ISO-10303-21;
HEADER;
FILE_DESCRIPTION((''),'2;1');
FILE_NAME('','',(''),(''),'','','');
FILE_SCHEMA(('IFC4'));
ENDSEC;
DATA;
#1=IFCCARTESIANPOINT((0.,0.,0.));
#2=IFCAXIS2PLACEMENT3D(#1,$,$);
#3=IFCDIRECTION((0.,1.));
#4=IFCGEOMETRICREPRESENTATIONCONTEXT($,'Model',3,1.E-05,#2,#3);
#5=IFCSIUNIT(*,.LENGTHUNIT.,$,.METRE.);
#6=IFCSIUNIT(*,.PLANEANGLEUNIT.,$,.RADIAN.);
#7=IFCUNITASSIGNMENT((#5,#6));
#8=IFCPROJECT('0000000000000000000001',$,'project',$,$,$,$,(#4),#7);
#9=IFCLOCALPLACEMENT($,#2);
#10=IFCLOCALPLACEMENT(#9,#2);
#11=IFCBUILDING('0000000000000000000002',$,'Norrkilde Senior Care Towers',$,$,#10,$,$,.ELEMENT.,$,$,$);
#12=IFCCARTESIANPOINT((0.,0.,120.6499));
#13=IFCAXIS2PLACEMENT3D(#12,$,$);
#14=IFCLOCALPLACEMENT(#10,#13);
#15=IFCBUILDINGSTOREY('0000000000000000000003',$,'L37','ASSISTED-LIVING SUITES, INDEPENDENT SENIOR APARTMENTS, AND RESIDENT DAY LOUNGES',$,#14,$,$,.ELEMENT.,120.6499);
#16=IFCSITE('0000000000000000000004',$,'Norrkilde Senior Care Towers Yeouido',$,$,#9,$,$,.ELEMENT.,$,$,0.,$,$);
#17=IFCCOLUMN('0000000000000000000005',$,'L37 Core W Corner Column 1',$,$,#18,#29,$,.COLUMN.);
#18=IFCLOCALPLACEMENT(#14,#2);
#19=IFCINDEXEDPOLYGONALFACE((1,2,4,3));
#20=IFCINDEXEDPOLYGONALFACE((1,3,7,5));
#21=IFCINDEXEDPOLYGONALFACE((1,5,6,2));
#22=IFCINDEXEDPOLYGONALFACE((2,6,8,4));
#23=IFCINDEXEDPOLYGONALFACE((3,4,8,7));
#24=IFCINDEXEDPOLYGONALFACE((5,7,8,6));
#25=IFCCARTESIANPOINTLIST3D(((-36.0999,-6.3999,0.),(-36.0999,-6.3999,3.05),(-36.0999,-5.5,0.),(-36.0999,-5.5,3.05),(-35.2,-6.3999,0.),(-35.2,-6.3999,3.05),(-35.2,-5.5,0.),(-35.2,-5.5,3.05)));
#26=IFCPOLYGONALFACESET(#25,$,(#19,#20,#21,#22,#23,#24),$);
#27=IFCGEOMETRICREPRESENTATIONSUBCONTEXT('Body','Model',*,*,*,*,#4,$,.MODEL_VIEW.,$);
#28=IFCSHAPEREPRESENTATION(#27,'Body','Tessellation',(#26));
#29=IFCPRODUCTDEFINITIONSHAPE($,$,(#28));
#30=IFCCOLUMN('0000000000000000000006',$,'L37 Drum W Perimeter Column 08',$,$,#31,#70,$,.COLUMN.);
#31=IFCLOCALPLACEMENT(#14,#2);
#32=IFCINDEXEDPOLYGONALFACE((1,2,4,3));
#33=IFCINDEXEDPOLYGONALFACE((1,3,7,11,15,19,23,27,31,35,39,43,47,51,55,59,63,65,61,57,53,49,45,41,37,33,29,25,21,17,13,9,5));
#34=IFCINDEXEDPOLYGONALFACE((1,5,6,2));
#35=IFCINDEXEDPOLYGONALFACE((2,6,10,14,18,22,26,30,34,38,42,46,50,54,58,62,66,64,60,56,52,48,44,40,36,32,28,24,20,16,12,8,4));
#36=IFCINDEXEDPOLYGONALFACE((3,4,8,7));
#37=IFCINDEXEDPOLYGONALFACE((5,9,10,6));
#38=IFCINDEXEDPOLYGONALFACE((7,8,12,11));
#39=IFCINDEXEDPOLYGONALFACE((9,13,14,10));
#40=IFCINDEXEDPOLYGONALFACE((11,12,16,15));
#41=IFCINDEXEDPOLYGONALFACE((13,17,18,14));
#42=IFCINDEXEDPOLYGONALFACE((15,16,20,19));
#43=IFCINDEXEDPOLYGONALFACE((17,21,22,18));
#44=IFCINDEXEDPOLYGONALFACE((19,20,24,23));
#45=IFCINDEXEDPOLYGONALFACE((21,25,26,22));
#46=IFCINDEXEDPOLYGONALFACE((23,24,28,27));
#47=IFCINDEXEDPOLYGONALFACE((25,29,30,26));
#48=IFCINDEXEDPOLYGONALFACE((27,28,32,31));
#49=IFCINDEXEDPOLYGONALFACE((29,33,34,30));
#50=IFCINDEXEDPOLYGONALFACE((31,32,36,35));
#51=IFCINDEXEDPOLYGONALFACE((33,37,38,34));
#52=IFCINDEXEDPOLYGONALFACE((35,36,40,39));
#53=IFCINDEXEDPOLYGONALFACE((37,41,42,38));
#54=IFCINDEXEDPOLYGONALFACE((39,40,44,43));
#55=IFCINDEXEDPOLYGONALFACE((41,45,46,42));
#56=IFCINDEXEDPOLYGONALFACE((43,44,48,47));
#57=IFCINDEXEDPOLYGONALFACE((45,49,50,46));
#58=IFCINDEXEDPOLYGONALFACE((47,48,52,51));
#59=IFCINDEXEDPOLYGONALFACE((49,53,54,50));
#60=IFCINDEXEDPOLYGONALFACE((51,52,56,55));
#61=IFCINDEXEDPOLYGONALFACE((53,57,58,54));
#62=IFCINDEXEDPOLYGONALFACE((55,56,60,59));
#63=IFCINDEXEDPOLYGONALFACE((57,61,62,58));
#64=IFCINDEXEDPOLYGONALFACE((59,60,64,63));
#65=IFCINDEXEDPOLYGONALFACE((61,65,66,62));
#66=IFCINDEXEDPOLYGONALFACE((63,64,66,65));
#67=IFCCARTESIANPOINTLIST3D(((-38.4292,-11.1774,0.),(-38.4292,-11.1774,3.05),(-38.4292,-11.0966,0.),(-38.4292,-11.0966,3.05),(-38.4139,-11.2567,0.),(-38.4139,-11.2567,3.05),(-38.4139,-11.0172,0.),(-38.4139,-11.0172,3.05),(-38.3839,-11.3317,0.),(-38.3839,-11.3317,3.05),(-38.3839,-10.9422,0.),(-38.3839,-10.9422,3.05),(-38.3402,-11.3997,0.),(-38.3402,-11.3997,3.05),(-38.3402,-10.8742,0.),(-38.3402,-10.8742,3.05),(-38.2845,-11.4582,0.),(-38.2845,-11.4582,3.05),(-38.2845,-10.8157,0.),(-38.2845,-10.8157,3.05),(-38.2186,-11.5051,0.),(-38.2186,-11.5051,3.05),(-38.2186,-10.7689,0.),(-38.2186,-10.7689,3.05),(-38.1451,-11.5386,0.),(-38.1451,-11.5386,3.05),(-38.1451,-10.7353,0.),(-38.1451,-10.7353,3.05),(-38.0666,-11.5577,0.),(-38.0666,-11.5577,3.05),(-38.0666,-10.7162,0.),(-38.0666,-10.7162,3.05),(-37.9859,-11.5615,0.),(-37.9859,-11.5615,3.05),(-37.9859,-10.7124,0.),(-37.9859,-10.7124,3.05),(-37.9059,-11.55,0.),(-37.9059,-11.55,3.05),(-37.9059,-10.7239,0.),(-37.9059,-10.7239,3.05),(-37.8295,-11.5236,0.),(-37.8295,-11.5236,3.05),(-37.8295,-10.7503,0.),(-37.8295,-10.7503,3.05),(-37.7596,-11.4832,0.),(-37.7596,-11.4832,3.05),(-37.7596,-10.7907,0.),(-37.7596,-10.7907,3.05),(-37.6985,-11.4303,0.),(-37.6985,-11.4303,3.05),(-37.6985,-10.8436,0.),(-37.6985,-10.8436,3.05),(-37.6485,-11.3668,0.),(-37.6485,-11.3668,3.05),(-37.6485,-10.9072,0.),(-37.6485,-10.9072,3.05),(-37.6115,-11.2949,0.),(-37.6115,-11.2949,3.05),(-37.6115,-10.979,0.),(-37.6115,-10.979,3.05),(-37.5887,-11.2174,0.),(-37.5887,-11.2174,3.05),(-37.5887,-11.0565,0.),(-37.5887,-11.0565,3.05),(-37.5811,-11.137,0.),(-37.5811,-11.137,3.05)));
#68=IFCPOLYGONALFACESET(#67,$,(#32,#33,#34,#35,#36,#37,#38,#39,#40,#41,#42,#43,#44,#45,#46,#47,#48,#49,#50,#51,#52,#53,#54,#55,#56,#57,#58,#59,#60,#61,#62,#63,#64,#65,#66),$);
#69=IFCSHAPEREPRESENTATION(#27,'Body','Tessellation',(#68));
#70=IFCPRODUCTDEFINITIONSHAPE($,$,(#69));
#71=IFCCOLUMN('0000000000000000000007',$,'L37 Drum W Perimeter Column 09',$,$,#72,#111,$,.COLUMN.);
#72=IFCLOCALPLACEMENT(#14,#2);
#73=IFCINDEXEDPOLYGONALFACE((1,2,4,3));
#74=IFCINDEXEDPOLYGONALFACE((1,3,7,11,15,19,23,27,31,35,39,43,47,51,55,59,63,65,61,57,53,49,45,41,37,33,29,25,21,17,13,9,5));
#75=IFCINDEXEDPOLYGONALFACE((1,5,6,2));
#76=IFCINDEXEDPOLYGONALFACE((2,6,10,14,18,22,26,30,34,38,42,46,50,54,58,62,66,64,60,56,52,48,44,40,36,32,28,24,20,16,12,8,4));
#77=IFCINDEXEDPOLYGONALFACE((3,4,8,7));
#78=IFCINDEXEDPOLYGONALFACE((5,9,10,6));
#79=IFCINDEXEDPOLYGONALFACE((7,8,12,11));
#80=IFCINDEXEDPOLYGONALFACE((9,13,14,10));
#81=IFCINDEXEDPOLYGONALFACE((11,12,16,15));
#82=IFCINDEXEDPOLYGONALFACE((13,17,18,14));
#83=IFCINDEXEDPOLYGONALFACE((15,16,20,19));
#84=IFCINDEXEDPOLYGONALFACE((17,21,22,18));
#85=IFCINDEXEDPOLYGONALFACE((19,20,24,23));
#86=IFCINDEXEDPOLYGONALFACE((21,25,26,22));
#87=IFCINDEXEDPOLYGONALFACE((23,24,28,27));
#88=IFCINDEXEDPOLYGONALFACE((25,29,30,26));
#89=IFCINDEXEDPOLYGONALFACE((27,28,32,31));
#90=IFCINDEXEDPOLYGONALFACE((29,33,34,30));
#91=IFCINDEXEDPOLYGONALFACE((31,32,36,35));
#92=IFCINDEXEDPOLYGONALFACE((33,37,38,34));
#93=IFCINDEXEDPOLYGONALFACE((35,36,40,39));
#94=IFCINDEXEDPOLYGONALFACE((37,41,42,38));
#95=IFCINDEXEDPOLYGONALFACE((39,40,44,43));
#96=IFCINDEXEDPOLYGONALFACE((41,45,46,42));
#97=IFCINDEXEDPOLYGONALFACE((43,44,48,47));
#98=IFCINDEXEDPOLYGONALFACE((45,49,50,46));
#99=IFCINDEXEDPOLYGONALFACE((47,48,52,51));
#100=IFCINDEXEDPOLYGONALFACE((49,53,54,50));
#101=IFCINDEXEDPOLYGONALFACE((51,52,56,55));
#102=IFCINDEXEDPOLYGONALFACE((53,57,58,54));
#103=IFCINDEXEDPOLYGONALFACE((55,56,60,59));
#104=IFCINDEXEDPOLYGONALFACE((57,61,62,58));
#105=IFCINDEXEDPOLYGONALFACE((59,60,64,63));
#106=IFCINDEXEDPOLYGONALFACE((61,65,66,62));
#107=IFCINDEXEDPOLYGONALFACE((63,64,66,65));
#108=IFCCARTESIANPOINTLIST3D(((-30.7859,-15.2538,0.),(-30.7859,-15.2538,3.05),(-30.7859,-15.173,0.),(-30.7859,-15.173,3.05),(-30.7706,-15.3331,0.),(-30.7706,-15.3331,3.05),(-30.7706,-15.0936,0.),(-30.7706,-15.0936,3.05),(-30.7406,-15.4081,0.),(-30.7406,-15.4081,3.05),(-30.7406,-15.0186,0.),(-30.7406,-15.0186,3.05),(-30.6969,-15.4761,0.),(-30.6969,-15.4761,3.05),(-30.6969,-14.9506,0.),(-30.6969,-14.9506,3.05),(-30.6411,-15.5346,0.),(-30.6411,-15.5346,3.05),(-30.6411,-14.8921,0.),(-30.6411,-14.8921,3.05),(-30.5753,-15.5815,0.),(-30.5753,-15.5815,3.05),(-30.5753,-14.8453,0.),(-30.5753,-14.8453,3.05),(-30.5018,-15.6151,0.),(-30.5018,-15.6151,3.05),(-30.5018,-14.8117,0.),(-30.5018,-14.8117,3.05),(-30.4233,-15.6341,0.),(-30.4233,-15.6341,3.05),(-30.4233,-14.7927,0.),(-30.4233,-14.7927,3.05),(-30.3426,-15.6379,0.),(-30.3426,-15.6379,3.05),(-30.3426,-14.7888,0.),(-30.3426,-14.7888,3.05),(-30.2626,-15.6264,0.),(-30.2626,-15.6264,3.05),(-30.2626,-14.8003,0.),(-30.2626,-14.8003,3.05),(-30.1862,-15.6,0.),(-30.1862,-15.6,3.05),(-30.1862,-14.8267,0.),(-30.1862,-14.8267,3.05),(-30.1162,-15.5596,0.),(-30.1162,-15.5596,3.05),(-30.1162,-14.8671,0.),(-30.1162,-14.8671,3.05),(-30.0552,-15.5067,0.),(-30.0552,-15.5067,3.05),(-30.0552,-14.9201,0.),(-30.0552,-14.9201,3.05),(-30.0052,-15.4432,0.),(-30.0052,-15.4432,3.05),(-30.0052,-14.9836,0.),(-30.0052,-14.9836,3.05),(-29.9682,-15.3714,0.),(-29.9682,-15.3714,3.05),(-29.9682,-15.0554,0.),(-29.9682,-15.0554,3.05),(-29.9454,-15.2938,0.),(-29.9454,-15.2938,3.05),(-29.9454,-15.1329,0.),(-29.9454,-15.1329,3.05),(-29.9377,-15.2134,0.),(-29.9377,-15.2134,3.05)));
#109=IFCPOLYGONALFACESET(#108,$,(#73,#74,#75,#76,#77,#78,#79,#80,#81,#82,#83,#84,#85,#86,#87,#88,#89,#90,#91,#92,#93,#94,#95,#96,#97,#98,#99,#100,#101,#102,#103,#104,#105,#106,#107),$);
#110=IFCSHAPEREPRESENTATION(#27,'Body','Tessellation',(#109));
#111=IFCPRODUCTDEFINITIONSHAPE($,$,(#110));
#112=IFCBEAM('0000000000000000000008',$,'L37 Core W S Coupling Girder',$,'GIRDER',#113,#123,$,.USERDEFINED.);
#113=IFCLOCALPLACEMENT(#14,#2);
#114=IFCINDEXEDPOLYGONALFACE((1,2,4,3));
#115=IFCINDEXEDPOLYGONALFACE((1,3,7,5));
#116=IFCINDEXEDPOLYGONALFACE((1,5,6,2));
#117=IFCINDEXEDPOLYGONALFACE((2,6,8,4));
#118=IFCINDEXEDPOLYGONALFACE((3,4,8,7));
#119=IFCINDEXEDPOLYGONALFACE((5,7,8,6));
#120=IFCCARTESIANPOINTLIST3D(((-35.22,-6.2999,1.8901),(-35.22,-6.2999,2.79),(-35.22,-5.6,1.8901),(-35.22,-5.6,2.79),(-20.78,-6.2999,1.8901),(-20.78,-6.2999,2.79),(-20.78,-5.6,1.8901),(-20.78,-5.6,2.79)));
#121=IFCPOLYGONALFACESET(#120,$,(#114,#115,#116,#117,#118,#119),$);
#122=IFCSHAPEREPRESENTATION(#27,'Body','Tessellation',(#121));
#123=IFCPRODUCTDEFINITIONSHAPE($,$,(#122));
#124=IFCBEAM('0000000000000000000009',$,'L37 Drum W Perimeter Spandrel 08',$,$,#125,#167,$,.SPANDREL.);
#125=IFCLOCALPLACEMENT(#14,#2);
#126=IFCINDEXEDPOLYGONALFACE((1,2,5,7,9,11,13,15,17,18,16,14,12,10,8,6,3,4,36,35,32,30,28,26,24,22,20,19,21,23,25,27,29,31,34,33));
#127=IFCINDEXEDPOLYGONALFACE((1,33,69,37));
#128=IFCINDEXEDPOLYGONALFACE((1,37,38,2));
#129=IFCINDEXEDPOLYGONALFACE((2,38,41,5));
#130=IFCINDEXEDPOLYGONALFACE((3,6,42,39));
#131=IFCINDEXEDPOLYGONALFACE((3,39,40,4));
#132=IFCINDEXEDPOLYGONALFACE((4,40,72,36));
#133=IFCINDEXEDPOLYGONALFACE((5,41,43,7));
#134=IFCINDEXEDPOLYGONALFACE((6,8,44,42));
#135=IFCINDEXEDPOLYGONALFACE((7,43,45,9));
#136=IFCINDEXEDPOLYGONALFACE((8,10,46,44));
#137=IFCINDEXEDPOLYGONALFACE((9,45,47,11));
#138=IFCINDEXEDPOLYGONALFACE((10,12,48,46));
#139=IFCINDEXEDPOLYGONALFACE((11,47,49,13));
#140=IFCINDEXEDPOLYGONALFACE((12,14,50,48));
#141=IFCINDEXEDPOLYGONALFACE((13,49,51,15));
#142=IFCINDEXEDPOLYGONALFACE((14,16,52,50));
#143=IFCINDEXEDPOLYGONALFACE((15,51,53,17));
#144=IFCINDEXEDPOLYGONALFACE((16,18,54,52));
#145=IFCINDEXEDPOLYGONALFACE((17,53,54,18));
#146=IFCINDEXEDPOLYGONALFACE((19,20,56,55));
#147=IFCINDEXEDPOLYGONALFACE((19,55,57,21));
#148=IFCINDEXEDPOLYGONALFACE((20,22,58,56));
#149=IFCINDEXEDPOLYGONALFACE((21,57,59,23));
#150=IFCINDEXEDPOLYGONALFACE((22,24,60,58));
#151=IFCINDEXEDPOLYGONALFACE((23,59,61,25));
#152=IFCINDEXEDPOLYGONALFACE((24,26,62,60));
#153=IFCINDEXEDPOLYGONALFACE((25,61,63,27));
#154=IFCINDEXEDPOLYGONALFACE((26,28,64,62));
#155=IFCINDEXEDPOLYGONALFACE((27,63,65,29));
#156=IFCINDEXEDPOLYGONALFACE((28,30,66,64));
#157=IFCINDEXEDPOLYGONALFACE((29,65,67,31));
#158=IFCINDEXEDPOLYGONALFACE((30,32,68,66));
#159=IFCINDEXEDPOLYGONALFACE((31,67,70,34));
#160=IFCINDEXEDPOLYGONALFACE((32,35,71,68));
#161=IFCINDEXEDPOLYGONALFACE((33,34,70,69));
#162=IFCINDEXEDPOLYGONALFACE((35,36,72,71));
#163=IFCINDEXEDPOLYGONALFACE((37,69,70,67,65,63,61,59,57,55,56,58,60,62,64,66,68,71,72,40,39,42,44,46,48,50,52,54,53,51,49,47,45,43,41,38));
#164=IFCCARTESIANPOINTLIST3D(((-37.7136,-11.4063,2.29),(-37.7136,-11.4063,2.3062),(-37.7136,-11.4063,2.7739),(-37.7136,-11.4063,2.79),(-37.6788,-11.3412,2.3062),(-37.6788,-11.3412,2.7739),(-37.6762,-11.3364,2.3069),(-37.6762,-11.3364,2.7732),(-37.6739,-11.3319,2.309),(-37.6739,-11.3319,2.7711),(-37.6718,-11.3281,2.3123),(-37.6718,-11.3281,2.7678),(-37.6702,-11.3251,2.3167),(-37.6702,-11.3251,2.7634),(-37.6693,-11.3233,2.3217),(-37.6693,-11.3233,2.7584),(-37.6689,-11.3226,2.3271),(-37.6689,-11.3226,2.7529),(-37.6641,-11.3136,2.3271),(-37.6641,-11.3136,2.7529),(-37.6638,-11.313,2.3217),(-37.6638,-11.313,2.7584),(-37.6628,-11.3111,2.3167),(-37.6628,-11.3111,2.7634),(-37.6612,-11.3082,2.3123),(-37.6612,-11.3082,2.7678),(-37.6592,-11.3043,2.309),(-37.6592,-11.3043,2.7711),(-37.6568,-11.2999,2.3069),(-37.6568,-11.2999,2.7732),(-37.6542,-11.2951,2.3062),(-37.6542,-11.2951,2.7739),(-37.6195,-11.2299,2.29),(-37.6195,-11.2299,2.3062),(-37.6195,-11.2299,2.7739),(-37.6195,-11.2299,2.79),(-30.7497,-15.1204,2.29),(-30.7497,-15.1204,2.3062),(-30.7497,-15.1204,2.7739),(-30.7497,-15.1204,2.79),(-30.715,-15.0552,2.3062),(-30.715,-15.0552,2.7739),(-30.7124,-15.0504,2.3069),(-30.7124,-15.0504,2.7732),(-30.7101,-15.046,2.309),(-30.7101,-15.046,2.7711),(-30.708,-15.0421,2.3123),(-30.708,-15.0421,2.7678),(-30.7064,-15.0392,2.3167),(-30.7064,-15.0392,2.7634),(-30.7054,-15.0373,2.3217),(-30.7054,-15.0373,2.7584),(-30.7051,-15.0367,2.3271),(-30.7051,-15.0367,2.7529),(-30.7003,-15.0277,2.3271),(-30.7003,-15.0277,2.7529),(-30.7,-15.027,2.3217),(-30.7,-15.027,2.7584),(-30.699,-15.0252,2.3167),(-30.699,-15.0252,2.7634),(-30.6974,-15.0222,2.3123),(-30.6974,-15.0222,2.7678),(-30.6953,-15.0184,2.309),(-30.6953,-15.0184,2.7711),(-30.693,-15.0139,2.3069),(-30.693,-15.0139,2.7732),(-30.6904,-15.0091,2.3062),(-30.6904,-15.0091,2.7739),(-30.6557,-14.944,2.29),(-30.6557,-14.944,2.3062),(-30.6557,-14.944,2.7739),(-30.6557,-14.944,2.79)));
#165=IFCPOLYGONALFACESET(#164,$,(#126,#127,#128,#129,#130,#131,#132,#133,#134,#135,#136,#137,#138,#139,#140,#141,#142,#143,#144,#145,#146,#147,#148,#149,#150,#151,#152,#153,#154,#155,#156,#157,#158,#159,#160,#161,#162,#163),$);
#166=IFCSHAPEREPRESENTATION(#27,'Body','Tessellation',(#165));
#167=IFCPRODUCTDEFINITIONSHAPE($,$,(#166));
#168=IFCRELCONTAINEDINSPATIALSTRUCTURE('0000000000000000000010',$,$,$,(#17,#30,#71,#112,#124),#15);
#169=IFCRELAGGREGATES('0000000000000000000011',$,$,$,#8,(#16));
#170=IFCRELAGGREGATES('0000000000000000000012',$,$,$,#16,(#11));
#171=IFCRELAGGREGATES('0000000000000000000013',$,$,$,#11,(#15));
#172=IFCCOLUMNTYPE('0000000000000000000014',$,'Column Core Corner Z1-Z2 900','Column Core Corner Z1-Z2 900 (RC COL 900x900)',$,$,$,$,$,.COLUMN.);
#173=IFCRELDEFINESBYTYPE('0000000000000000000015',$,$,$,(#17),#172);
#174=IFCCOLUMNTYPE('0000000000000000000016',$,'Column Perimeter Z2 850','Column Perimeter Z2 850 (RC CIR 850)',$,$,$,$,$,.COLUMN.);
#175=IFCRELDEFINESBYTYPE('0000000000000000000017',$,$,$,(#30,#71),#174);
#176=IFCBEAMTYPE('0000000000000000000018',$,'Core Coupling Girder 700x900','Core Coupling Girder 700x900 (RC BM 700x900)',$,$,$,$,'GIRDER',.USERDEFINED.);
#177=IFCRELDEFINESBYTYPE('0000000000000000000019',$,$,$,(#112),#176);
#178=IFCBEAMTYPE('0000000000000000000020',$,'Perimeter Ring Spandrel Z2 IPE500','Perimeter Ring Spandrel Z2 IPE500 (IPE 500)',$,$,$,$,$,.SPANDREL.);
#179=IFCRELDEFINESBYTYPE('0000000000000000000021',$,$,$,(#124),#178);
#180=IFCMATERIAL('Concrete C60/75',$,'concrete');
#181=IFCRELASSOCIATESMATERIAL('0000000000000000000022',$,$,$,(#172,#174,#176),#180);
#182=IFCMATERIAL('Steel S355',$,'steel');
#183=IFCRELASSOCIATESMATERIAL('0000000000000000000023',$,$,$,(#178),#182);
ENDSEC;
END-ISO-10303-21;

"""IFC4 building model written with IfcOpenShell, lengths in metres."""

from ifc_helpers import new_model, si_unit, direction, frame, origin, origin_2d, place, context, subcontext, project, spatial, rectangle, circle, i_section, extrude, source, transform, mapped, material, material_profile, profile_set, type_object, type_shapes, element, save


model = new_model("IFC4")

# Units and contexts
model_context = context("Model", 3, precision=1e-05, world=origin(), true_north=direction((0.0, 1.0)))
body_context = subcontext(model_context, "Body", "Model", "MODEL_VIEW")
ifc_project = project(units=[si_unit("LENGTHUNIT", "METRE"), si_unit("PLANEANGLEUNIT", "RADIAN")], contexts=[model_context])

# Site, building, storey
site_placement = place(None, origin())
site = spatial("IfcSite", under=ifc_project, at=site_placement, Name="Norrkilde Senior Care Towers Yeouido", CompositionType="ELEMENT", RefElevation=0.0)
building_placement = place(site_placement, origin())
building = spatial("IfcBuilding", under=site, at=building_placement, Name="Norrkilde Senior Care Towers", CompositionType="ELEMENT")
storey_placement = place(building_placement, frame((0.0, 0.0, 120.6499)))
storey = spatial("IfcBuildingStorey", under=building, at=storey_placement, Name="L37", Description="ASSISTED-LIVING SUITES, INDEPENDENT SENIOR APARTMENTS, AND RESIDENT DAY LOUNGES", CompositionType="ELEMENT", Elevation=120.6499)

# Columns
ifc_material_1 = material(Name="Concrete C60/75", Category="concrete")
ifc_material_profile_1 = material_profile(ifc_material_1, rectangle(XDim=0.8999, YDim=0.8999, at=origin_2d()), Name="RC COL 900x900")
ifc_profile_set_1 = profile_set([ifc_material_profile_1], Name="Concrete C60/75")
column_type_1 = type_object("IfcColumnType", Name="Column Core Corner Z1-Z2 900", Description="Column Core Corner Z1-Z2 900 (RC COL 900x900)", PredefinedType="COLUMN", material=ifc_profile_set_1)
shared_shape_1 = source(origin(), body_context, "Body", "SweptSolid", [
    extrude(rectangle(XDim=0.8999, YDim=0.8999, at=origin_2d()), origin(), (0.0, 0.0, 1.0), 3.05),
])
type_shapes(column_type_1, [shared_shape_1])
column_placement = place(storey_placement, frame((-35.6499, -5.95, 0.0), z_axis=(0.0, 0.0, 1.0), x_axis=(1.0, 0.0, 0.0)))
element("IfcColumn", 1, at=column_placement, inside=storey, type_object=column_type_1, Name="L37 Core W Corner Column 1", PredefinedType="COLUMN", context=body_context, shape_type="MappedRepresentation", body=[
    mapped(shared_shape_1, transform((0.0, 0.0, 0.0), x_axis=(1.0, 0.0, 0.0), y_axis=(0.0, 1.0, 0.0), z_axis=(0.0, 0.0, 1.0), scale=1.0)),
])
ifc_material_profile_2 = material_profile(ifc_material_1, circle(Radius=0.425, at=origin_2d()), Name="RC CIR 850")
ifc_profile_set_2 = profile_set([ifc_material_profile_2], Name="Concrete C60/75")
column_type_2 = type_object("IfcColumnType", Name="Column Perimeter Z2 850", Description="Column Perimeter Z2 850 (RC CIR 850)", PredefinedType="COLUMN", material=ifc_profile_set_2)
shared_shape_2 = source(origin(), body_context, "Body", "SweptSolid", [
    extrude(circle(Radius=0.425, at=origin_2d()), origin(), (0.0, 0.0, 1.0), 3.05),
])
type_shapes(column_type_2, [shared_shape_2])
for number, where, z_axis, x_axis, name in (
    (2, (-38.0061, -11.137, 0.0), (0.0, 0.0, 1.0), (1.0, 0.0, 0.0), "L37 Drum W Perimeter Column 08"),
    (3, (-30.3628, -15.2134, 0.0), (0.0, 0.0, 1.0), (1.0, 0.0, 0.0), "L37 Drum W Perimeter Column 09"),
):
    element("IfcColumn", number, at=place(storey_placement, frame(where, z_axis=z_axis, x_axis=x_axis)), inside=storey, type_object=column_type_2, Name=name, PredefinedType="COLUMN", context=body_context, shape_type="MappedRepresentation", body=[
        mapped(shared_shape_2, transform((0.0, 0.0, 0.0), x_axis=(1.0, 0.0, 0.0), y_axis=(0.0, 1.0, 0.0), z_axis=(0.0, 0.0, 1.0), scale=1.0)),
    ])

# Beams
ifc_material_profile_3 = material_profile(ifc_material_1, rectangle(XDim=0.7, YDim=0.8999, at=origin_2d()), Name="RC BM 700x900")
ifc_profile_set_3 = profile_set([ifc_material_profile_3], Name="Concrete C60/75")
beam_type_1 = type_object("IfcBeamType", Name="Core Coupling Girder 700x900", Description="Core Coupling Girder 700x900 (RC BM 700x900)", ElementType="GIRDER", PredefinedType="USERDEFINED", material=ifc_profile_set_3)
shared_shape_3 = source(origin(), body_context, "Body", "SweptSolid", [
    extrude(rectangle(XDim=0.7, YDim=0.8999, at=origin_2d()), origin(), (0.0, 0.0, 1.0), 14.4399),
])
type_shapes(beam_type_1, [shared_shape_3])
beam_1_placement = place(storey_placement, frame((-35.22, -5.95, 2.3401), z_axis=(1.0, 0.0, 0.0), x_axis=(0.0, 1.0, 0.0)))
element("IfcBeam", 4, at=beam_1_placement, inside=storey, type_object=beam_type_1, Name="L37 Core W S Coupling Girder", ObjectType="GIRDER", PredefinedType="USERDEFINED", context=body_context, shape_type="MappedRepresentation", body=[
    mapped(shared_shape_3, transform((0.0, 0.0, 0.0), x_axis=(1.0, 0.0, 0.0), y_axis=(0.0, 1.0, 0.0), z_axis=(0.0, 0.0, 1.0), scale=1.0)),
])
ifc_material_2 = material(Name="Steel S355", Category="steel")
ifc_material_profile_4 = material_profile(ifc_material_2, i_section(OverallWidth=0.2, OverallDepth=0.5, WebThickness=0.0103, FlangeThickness=0.0161, FilletRadius=0.021, at=origin_2d()), Name="IPE 500")
ifc_profile_set_4 = profile_set([ifc_material_profile_4], Name="Steel S355")
beam_type_2 = type_object("IfcBeamType", Name="Perimeter Ring Spandrel Z2 IPE500", Description="Perimeter Ring Spandrel Z2 IPE500 (IPE 500)", PredefinedType="SPANDREL", material=ifc_profile_set_4)
shared_shape_4 = source(origin(), body_context, "Body", "SweptSolid", [
    extrude(i_section(OverallWidth=0.2, OverallDepth=0.5, WebThickness=0.0103, FlangeThickness=0.0161, FilletRadius=0.021, at=origin_2d()), origin(), (0.0, 0.0, 1.0), 7.8923),
])
beam_2_placement = place(storey_placement, frame((-37.6665, -11.3181, 2.54), z_axis=(0.88235, -0.470593, 0.0), x_axis=(0.470593, 0.88235, 0.0)))
element("IfcBeam", 5, at=beam_2_placement, inside=storey, type_object=beam_type_2, Name="L37 Drum W Perimeter Spandrel 08", PredefinedType="SPANDREL", context=body_context, shape_type="MappedRepresentation", body=[
    mapped(shared_shape_4, transform((0.0, 0.0, 0.0), x_axis=(1.0, 0.0, 0.0), y_axis=(0.0, 1.0, 0.0), z_axis=(0.0, 0.0, 1.0), scale=1.0)),
])

save(model, "model.ifc")
